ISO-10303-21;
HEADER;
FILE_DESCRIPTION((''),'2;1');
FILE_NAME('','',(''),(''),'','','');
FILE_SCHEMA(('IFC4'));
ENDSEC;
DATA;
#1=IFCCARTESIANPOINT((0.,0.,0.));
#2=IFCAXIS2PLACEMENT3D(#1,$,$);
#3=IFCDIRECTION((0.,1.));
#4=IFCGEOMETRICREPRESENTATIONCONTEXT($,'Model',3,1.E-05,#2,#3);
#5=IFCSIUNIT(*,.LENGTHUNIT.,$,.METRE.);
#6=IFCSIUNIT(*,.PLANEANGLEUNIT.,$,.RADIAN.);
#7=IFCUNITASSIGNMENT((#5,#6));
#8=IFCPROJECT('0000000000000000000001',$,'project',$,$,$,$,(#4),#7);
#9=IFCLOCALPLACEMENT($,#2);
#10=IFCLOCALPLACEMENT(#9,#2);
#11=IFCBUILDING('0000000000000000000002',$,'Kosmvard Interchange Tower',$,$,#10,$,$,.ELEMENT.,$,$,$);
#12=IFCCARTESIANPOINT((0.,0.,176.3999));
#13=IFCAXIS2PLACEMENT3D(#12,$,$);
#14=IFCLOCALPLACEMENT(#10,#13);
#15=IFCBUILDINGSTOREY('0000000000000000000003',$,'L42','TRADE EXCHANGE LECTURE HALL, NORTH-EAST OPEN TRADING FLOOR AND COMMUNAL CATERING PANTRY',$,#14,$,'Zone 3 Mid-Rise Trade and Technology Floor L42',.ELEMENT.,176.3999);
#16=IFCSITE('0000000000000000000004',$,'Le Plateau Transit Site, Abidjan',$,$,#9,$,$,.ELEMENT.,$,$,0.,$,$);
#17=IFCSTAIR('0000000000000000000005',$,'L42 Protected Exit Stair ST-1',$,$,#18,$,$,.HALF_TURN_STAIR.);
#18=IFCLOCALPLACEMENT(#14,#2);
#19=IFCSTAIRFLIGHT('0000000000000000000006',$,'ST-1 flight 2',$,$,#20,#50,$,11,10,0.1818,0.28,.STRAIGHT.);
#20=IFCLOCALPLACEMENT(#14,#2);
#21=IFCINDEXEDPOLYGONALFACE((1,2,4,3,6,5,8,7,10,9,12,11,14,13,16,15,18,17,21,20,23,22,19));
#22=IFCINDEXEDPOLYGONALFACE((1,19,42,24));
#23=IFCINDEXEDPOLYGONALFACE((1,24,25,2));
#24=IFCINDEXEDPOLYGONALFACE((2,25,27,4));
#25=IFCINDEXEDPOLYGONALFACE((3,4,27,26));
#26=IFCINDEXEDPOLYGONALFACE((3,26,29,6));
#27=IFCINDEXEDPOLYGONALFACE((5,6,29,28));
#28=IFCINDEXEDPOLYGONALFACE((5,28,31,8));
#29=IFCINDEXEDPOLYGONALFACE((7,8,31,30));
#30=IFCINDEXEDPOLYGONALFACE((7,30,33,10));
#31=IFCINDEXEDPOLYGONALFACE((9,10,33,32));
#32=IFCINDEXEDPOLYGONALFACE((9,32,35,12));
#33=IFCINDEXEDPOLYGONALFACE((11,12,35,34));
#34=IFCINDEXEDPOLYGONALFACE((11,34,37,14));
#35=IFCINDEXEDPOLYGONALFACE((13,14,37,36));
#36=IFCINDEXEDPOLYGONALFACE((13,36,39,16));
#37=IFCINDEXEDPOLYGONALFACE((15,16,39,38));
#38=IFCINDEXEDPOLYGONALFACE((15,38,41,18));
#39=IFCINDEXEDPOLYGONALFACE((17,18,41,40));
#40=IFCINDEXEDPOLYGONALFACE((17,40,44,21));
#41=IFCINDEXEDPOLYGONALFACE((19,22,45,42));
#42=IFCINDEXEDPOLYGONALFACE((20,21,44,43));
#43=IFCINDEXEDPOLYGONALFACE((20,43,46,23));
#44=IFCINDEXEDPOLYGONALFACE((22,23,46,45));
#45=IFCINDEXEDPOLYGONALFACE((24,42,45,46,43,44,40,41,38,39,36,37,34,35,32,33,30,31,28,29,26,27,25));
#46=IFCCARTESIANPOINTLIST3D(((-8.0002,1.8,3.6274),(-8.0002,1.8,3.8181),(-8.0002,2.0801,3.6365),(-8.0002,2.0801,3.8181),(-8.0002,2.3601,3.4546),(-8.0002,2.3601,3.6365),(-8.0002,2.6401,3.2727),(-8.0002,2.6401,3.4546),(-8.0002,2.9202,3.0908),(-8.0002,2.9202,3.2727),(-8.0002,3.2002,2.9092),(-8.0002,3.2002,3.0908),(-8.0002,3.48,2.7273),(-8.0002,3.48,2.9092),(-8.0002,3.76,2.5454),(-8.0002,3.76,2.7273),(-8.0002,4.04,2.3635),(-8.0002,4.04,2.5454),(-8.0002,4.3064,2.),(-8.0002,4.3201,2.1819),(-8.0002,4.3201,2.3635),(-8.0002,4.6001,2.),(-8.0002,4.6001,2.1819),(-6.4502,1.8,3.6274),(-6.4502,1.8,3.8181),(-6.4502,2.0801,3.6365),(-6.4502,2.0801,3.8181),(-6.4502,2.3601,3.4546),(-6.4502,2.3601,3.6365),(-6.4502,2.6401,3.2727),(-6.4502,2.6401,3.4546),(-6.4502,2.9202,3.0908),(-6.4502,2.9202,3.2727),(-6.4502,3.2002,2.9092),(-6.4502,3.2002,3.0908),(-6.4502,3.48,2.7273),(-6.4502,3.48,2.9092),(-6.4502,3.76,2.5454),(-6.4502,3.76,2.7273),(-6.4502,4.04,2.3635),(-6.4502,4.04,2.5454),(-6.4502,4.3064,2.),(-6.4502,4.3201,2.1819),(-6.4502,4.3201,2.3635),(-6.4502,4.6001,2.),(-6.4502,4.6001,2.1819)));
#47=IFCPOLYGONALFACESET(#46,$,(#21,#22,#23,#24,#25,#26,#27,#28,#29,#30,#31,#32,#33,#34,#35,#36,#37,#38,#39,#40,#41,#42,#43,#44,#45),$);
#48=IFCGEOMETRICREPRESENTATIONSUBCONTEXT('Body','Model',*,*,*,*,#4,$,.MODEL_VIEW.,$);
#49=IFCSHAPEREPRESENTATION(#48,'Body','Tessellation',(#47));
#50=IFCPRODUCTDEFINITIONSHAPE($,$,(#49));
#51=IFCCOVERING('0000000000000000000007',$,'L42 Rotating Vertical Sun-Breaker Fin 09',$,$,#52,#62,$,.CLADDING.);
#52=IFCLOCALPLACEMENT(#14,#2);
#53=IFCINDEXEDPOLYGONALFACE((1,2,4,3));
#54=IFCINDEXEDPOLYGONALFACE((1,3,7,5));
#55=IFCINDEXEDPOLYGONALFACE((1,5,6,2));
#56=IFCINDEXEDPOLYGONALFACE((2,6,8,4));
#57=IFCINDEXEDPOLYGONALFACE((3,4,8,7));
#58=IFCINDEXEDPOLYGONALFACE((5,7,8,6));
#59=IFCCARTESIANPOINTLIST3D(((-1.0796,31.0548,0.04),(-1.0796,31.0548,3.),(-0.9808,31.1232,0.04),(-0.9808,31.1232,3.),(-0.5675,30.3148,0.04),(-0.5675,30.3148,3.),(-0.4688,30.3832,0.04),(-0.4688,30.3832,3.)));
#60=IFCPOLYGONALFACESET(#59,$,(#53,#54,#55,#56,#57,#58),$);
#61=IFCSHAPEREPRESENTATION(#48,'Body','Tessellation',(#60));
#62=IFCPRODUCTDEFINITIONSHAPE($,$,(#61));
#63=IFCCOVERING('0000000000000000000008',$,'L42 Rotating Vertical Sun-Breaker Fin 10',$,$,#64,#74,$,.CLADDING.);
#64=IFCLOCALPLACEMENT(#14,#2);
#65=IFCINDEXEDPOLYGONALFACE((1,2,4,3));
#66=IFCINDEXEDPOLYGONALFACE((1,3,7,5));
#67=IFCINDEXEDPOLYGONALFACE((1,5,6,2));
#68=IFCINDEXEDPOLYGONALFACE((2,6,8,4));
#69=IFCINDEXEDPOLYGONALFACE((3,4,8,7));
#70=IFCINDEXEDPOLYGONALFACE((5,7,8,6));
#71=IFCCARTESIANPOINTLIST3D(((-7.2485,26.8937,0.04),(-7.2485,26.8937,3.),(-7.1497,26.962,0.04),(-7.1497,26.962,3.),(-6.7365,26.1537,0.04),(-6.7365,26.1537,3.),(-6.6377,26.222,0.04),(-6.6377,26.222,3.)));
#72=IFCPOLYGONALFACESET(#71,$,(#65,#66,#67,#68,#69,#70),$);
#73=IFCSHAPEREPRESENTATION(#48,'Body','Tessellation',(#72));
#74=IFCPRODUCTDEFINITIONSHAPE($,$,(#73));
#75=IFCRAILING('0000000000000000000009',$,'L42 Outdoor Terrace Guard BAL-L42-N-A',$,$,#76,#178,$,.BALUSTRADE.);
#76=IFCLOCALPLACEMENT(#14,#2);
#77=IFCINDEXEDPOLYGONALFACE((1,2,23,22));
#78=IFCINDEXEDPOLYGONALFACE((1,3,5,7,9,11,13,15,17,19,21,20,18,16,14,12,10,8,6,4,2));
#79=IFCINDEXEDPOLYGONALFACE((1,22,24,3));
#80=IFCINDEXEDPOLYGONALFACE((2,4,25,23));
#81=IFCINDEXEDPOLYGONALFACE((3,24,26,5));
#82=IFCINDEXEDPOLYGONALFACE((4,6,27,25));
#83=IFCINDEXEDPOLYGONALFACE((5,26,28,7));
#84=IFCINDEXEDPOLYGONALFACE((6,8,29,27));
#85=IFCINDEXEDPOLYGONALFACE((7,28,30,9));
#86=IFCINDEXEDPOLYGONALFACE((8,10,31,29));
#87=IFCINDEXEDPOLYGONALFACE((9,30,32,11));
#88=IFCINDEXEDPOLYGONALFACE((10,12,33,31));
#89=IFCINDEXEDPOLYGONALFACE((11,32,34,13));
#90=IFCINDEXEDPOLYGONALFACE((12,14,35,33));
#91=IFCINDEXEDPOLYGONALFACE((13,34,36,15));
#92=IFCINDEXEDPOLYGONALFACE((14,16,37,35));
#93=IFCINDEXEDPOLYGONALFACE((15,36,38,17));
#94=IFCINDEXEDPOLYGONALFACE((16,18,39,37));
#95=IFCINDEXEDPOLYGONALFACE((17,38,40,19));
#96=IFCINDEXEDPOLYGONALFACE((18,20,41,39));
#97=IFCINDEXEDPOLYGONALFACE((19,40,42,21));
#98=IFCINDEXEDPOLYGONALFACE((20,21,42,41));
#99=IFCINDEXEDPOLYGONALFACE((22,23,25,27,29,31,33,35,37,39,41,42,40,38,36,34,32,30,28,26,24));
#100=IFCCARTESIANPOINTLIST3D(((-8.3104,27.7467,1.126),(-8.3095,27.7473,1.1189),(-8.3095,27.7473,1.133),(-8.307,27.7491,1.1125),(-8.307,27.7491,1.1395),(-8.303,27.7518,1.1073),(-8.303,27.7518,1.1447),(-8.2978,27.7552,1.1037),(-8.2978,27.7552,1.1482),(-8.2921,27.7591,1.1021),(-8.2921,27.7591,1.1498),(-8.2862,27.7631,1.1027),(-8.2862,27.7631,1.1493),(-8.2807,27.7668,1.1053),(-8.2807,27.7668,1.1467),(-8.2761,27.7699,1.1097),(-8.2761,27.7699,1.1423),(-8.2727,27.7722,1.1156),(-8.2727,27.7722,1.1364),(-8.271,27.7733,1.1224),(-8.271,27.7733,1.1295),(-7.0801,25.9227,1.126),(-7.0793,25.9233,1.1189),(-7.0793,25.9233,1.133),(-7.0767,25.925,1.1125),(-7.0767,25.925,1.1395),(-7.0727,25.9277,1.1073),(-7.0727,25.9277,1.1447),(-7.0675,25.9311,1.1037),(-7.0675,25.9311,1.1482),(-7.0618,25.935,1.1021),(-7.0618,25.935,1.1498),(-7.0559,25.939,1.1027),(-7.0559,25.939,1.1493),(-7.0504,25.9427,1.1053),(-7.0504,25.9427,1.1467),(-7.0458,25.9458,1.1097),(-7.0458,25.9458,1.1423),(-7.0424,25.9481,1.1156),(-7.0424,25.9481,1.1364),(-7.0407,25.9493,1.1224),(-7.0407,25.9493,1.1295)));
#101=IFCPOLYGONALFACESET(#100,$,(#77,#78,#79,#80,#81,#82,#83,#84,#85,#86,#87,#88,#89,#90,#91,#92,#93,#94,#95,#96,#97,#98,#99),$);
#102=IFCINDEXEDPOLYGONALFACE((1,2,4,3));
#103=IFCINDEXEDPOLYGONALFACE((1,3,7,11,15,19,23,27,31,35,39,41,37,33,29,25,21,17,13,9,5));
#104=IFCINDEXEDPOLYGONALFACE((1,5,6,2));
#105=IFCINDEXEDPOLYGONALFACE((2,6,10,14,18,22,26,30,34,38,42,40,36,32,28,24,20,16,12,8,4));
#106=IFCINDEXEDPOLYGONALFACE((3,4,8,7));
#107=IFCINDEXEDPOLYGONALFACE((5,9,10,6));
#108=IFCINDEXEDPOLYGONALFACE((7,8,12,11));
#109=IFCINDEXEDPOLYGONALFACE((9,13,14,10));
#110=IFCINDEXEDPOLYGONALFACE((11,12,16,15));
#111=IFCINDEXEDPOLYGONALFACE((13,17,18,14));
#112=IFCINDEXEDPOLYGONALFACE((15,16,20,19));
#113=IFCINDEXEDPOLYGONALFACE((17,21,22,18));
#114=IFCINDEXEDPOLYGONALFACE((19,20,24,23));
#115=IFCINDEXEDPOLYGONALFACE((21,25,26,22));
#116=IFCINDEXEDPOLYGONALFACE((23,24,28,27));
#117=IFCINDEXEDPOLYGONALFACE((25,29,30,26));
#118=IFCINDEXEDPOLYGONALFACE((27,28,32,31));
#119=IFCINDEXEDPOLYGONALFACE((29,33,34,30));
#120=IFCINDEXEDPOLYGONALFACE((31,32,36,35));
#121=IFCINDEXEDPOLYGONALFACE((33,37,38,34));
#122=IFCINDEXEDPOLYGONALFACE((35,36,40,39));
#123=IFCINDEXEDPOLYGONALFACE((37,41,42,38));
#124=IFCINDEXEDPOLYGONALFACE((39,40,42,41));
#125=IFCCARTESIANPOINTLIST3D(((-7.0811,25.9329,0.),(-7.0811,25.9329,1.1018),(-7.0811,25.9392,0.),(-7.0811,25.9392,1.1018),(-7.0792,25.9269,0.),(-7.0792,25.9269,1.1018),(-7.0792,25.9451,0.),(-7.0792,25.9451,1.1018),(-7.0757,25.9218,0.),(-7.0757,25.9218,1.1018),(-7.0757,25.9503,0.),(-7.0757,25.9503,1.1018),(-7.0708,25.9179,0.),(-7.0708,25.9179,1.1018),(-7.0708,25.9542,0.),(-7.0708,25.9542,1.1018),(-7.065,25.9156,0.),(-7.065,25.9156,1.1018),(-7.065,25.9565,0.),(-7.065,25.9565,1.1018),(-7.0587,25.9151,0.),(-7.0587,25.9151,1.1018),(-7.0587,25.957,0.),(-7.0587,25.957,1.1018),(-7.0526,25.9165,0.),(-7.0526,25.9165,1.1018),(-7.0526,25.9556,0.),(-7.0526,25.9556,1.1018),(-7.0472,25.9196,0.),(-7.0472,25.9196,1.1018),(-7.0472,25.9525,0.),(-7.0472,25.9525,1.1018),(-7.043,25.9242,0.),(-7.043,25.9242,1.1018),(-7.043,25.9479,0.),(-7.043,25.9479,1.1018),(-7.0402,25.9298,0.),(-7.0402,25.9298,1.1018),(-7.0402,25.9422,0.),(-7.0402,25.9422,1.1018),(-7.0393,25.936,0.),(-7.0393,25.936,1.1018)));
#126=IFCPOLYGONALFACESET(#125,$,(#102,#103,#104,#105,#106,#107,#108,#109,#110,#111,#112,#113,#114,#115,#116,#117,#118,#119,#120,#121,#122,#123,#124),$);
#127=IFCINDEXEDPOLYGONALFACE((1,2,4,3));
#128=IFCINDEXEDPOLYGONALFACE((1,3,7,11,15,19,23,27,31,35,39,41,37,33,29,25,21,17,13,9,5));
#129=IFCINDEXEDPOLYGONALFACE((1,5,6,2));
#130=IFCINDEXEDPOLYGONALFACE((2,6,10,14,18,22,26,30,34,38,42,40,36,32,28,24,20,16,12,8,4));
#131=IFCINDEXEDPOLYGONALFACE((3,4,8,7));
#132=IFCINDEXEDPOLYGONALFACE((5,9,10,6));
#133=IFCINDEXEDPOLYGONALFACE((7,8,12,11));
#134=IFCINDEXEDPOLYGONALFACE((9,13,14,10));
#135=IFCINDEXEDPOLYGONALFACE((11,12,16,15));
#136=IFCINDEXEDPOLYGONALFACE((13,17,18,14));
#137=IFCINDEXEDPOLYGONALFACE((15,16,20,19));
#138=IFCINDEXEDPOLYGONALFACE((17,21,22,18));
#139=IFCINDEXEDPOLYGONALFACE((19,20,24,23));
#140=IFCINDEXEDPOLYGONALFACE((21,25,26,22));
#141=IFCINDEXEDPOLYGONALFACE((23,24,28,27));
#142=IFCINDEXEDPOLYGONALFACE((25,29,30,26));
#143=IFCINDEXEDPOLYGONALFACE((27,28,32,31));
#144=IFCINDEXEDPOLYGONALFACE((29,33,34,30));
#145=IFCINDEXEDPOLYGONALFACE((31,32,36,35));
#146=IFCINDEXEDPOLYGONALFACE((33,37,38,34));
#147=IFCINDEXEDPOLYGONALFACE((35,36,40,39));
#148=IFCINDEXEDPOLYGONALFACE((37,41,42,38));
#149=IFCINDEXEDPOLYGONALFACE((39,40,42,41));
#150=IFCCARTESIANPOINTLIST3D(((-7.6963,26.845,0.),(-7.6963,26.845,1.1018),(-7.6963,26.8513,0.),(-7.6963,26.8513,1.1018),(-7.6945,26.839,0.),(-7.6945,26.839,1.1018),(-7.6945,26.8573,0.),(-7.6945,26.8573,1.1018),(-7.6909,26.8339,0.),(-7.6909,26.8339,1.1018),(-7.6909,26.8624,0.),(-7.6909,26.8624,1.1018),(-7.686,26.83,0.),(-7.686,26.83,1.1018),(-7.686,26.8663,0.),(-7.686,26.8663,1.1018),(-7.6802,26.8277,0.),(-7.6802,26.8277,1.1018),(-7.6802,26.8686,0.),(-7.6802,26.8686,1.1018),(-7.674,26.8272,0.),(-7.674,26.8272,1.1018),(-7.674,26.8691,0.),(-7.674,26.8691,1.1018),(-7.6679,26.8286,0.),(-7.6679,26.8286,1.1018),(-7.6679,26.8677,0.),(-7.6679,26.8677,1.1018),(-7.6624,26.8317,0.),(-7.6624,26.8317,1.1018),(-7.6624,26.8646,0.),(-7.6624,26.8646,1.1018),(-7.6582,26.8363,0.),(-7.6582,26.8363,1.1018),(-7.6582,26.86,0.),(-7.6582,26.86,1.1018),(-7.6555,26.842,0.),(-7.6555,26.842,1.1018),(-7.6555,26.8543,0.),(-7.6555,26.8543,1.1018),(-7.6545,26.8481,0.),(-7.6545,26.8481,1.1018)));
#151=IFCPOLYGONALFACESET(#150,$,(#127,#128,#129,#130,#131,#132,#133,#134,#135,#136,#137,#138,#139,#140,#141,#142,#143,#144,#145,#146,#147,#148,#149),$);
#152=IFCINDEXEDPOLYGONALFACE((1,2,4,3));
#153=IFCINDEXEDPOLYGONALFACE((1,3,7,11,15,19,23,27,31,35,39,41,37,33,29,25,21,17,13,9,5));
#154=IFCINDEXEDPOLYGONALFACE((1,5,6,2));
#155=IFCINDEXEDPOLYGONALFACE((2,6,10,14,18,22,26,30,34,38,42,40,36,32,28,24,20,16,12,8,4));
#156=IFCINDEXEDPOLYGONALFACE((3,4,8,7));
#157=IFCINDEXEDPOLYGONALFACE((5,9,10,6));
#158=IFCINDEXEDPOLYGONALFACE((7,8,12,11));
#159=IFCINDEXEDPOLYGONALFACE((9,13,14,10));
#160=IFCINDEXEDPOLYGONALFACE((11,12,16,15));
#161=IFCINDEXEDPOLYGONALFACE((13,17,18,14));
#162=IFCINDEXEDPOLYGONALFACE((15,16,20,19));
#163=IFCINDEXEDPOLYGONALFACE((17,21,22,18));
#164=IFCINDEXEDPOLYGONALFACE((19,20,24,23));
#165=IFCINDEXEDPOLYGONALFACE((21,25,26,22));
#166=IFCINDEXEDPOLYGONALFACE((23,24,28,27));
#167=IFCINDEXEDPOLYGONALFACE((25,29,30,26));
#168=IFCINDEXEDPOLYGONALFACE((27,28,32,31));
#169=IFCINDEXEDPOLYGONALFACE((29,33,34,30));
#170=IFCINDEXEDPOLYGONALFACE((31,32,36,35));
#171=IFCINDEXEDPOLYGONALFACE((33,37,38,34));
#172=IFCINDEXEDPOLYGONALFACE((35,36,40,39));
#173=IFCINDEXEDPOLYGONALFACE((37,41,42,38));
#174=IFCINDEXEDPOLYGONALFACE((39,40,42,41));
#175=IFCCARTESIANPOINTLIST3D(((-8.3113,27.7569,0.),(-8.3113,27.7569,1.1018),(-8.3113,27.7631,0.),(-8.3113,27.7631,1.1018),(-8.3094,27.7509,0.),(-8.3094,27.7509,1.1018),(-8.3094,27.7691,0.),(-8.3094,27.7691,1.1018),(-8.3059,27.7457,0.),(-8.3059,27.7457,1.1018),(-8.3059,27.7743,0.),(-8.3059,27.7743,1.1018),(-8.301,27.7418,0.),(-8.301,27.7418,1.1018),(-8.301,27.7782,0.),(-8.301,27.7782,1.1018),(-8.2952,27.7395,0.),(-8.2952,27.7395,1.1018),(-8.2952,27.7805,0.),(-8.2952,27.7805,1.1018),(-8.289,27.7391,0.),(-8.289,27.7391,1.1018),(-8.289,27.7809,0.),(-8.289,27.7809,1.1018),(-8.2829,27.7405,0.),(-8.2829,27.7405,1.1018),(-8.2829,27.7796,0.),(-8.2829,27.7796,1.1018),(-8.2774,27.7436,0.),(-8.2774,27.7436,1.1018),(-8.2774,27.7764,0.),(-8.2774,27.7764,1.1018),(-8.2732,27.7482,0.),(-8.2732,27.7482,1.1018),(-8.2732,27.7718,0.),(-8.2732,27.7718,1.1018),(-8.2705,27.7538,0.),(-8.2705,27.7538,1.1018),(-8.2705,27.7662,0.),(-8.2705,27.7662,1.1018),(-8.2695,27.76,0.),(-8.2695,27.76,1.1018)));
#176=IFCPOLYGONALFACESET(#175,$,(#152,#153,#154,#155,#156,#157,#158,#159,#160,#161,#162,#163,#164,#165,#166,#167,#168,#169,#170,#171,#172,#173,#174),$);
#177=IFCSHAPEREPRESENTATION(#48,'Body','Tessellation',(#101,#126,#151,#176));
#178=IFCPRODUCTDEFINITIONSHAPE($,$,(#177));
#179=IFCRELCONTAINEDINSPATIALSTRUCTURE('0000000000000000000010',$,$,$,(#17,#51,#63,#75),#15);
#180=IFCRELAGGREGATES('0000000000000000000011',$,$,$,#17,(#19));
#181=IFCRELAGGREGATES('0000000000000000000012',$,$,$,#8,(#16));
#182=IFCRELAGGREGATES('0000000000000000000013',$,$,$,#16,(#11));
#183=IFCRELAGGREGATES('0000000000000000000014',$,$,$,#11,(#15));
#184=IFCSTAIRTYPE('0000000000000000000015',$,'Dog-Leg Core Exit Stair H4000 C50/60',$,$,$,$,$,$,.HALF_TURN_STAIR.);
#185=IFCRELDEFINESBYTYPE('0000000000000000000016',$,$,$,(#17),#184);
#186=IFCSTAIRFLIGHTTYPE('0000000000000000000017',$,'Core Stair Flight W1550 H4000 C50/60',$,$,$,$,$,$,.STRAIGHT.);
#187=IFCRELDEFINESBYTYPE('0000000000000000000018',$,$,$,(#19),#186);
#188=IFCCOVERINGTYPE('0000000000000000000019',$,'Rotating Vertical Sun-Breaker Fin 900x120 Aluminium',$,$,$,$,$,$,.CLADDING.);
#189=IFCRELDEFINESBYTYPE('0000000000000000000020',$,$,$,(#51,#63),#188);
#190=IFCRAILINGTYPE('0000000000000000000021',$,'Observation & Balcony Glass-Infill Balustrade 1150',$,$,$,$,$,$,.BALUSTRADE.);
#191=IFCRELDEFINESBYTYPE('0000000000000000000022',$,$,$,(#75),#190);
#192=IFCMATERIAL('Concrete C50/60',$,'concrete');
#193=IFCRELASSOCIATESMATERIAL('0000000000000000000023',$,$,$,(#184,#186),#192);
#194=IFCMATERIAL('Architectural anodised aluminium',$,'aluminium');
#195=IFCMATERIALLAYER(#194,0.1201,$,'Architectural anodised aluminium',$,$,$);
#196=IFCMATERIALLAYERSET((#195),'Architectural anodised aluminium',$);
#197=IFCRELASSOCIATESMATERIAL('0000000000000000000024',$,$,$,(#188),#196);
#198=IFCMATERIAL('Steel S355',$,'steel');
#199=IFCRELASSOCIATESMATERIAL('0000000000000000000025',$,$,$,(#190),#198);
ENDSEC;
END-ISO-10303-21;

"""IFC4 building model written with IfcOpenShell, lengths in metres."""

from ifc_helpers import new_model, si_unit, direction, frame, origin, origin_2d, place, context, subcontext, project, spatial, polyline, rectangle, circle, outline, extrude, source, transform, mapped, material, layer, layer_set, type_object, element, aggregate, save


model = new_model("IFC4")

# Units and contexts
model_context = context("Model", 3, precision=1e-05, world=origin(), true_north=direction((0.0, 1.0)))
body_context = subcontext(model_context, "Body", "Model", "MODEL_VIEW")
ifc_project = project(units=[si_unit("LENGTHUNIT", "METRE"), si_unit("PLANEANGLEUNIT", "RADIAN")], contexts=[model_context])

# Site, building, storey
site_placement = place(None, origin())
site = spatial("IfcSite", under=ifc_project, at=site_placement, Name="Le Plateau Transit Site, Abidjan", CompositionType="ELEMENT", RefElevation=0.0)
building_placement = place(site_placement, origin())
building = spatial("IfcBuilding", under=site, at=building_placement, Name="Kosmvard Interchange Tower", CompositionType="ELEMENT")
storey_placement = place(building_placement, frame((0.0, 0.0, 176.3999)))
storey = spatial("IfcBuildingStorey", under=building, at=storey_placement, Name="L42", Description="TRADE EXCHANGE LECTURE HALL, NORTH-EAST OPEN TRADING FLOOR AND COMMUNAL CATERING PANTRY", LongName="Zone 3 Mid-Rise Trade and Technology Floor L42", CompositionType="ELEMENT", Elevation=176.3999)

# Shared definitions
ifc_material_1 = material(Name="Steel S355", Category="steel")

# Stair, stair flight
ifc_material_2 = material(Name="Concrete C50/60", Category="concrete")
stair_type = type_object("IfcStairType", Name="Dog-Leg Core Exit Stair H4000 C50/60", PredefinedType="HALF_TURN_STAIR", material=ifc_material_2)
stair_placement = place(storey_placement, origin())
stair = element("IfcStair", 1, at=stair_placement, inside=storey, type_object=stair_type, Name="L42 Protected Exit Stair ST-1", PredefinedType="HALF_TURN_STAIR")
stair_flight_type = type_object("IfcStairFlightType", Name="Core Stair Flight W1550 H4000 C50/60", PredefinedType="STRAIGHT", material=ifc_material_2)
shared_shape_1 = source(origin(), body_context, "Body", "SweptSolid", [
    extrude(outline(polyline([(0.0, 0.0), (0.0, 0.1819), (0.28, 0.1819), (0.28, 0.3635), (0.5601, 0.3635), (0.5601, 0.5454), (0.8401, 0.5454), (0.8401, 0.7273), (1.1201, 0.7273), (1.1201, 0.9092), (1.3999, 0.9092), (1.3999, 1.0908), (1.6799, 1.0908), (1.6799, 1.2727), (1.96, 1.2727), (1.96, 1.4546), (2.24, 1.4546), (2.24, 1.6365), (2.52, 1.6365), (2.52, 1.8181), (2.8, 1.8181), (2.8, 2.0), (2.8, 1.6274), (0.2937, 0.0), (0.0, 0.0)])), frame((0.0, 0.7749, 0.0), z_axis=(0.0, -1.0, 0.0), x_axis=(1.0, 0.0, 0.0)), (0.0, 0.0, 1.0), 1.55),
])
stair_flight_1_placement = place(storey_placement, frame((-7.2251, 4.6001, 2.0), z_axis=(0.0, 0.0, 1.0), x_axis=(0.0, -1.0, 0.0)))
stair_flight_1 = element("IfcStairFlight", 2, at=stair_flight_1_placement, type_object=stair_flight_type, Name="ST-1 flight 2", NumberOfRisers=11, NumberOfTreads=10, PredefinedType="STRAIGHT", RiserHeight=0.1818, TreadLength=0.28, context=body_context, shape_type="MappedRepresentation", body=[
    mapped(shared_shape_1, transform((0.0, 0.0, 0.0), scale=1.0)),
])
aggregate(stair, [stair_flight_1])

# Coverings
ifc_material_3 = material(Name="Architectural anodised aluminium", Category="aluminium")
ifc_layer_1 = layer(ifc_material_3, 0.1201, Name="Architectural anodised aluminium")
ifc_layer_set_1 = layer_set([ifc_layer_1], Name="Architectural anodised aluminium")
covering_type = type_object("IfcCoveringType", Name="Rotating Vertical Sun-Breaker Fin 900x120 Aluminium", PredefinedType="CLADDING", material=ifc_layer_set_1)
shared_shape_2 = source(origin(), body_context, "Body", "SweptSolid", [
    extrude(rectangle(XDim=0.8999, YDim=0.1201, at=origin_2d()), origin(), (0.0, 0.0, 1.0), 2.96),
])
for number, where, z_axis, x_axis, name in (
    (3, (-0.7742, 30.719, 0.04), (0.0, 0.0, 1.0), (-0.568993, 0.822343, 0.0), "L42 Rotating Vertical Sun-Breaker Fin 09"),
    (4, (-6.9431, 26.5579, 0.04), (0.0, 0.0, 1.0), (-0.568993, 0.822343, 0.0), "L42 Rotating Vertical Sun-Breaker Fin 10"),
):
    element("IfcCovering", number, at=place(storey_placement, frame(where, z_axis=z_axis, x_axis=x_axis)), inside=storey, type_object=covering_type, Name=name, PredefinedType="CLADDING", context=body_context, shape_type="MappedRepresentation", body=[
        mapped(shared_shape_2, transform((0.0, 0.0, 0.0), scale=1.0)),
    ])

# Railing
railing_type_1 = type_object("IfcRailingType", Name="Observation & Balcony Glass-Infill Balustrade 1150", PredefinedType="BALUSTRADE", material=ifc_material_1)
shared_shape_3 = source(origin(), body_context, "Body", "SweptSolid", [
    extrude(circle(Radius=0.0239, at=origin_2d()), frame((0.0, 0.0, 1.126), z_axis=(-0.559174, 0.829051, 0.0), x_axis=(-0.829051, -0.559174, 0.0)), (0.0, 0.0, 1.0), 2.2002),
    extrude(circle(Radius=0.021, at=origin_2d()), origin(), (0.0, 0.0, 1.0), 1.1018),
    extrude(circle(Radius=0.021, at=origin_2d()), frame((-0.6152, 0.9121, 0.0)), (0.0, 0.0, 1.0), 1.1018),
    extrude(circle(Radius=0.021, at=origin_2d()), frame((-1.2302, 1.824, 0.0)), (0.0, 0.0, 1.0), 1.1018),
])
railing_1_placement = place(storey_placement, frame((-7.0603, 25.936, 0.0)))
element("IfcRailing", 5, at=railing_1_placement, inside=storey, type_object=railing_type_1, Name="L42 Outdoor Terrace Guard BAL-L42-N-A", PredefinedType="BALUSTRADE", context=body_context, shape_type="MappedRepresentation", body=[
    mapped(shared_shape_3, transform((0.0, 0.0, 0.0), scale=1.0)),
])

save(model, "model.ifc")
